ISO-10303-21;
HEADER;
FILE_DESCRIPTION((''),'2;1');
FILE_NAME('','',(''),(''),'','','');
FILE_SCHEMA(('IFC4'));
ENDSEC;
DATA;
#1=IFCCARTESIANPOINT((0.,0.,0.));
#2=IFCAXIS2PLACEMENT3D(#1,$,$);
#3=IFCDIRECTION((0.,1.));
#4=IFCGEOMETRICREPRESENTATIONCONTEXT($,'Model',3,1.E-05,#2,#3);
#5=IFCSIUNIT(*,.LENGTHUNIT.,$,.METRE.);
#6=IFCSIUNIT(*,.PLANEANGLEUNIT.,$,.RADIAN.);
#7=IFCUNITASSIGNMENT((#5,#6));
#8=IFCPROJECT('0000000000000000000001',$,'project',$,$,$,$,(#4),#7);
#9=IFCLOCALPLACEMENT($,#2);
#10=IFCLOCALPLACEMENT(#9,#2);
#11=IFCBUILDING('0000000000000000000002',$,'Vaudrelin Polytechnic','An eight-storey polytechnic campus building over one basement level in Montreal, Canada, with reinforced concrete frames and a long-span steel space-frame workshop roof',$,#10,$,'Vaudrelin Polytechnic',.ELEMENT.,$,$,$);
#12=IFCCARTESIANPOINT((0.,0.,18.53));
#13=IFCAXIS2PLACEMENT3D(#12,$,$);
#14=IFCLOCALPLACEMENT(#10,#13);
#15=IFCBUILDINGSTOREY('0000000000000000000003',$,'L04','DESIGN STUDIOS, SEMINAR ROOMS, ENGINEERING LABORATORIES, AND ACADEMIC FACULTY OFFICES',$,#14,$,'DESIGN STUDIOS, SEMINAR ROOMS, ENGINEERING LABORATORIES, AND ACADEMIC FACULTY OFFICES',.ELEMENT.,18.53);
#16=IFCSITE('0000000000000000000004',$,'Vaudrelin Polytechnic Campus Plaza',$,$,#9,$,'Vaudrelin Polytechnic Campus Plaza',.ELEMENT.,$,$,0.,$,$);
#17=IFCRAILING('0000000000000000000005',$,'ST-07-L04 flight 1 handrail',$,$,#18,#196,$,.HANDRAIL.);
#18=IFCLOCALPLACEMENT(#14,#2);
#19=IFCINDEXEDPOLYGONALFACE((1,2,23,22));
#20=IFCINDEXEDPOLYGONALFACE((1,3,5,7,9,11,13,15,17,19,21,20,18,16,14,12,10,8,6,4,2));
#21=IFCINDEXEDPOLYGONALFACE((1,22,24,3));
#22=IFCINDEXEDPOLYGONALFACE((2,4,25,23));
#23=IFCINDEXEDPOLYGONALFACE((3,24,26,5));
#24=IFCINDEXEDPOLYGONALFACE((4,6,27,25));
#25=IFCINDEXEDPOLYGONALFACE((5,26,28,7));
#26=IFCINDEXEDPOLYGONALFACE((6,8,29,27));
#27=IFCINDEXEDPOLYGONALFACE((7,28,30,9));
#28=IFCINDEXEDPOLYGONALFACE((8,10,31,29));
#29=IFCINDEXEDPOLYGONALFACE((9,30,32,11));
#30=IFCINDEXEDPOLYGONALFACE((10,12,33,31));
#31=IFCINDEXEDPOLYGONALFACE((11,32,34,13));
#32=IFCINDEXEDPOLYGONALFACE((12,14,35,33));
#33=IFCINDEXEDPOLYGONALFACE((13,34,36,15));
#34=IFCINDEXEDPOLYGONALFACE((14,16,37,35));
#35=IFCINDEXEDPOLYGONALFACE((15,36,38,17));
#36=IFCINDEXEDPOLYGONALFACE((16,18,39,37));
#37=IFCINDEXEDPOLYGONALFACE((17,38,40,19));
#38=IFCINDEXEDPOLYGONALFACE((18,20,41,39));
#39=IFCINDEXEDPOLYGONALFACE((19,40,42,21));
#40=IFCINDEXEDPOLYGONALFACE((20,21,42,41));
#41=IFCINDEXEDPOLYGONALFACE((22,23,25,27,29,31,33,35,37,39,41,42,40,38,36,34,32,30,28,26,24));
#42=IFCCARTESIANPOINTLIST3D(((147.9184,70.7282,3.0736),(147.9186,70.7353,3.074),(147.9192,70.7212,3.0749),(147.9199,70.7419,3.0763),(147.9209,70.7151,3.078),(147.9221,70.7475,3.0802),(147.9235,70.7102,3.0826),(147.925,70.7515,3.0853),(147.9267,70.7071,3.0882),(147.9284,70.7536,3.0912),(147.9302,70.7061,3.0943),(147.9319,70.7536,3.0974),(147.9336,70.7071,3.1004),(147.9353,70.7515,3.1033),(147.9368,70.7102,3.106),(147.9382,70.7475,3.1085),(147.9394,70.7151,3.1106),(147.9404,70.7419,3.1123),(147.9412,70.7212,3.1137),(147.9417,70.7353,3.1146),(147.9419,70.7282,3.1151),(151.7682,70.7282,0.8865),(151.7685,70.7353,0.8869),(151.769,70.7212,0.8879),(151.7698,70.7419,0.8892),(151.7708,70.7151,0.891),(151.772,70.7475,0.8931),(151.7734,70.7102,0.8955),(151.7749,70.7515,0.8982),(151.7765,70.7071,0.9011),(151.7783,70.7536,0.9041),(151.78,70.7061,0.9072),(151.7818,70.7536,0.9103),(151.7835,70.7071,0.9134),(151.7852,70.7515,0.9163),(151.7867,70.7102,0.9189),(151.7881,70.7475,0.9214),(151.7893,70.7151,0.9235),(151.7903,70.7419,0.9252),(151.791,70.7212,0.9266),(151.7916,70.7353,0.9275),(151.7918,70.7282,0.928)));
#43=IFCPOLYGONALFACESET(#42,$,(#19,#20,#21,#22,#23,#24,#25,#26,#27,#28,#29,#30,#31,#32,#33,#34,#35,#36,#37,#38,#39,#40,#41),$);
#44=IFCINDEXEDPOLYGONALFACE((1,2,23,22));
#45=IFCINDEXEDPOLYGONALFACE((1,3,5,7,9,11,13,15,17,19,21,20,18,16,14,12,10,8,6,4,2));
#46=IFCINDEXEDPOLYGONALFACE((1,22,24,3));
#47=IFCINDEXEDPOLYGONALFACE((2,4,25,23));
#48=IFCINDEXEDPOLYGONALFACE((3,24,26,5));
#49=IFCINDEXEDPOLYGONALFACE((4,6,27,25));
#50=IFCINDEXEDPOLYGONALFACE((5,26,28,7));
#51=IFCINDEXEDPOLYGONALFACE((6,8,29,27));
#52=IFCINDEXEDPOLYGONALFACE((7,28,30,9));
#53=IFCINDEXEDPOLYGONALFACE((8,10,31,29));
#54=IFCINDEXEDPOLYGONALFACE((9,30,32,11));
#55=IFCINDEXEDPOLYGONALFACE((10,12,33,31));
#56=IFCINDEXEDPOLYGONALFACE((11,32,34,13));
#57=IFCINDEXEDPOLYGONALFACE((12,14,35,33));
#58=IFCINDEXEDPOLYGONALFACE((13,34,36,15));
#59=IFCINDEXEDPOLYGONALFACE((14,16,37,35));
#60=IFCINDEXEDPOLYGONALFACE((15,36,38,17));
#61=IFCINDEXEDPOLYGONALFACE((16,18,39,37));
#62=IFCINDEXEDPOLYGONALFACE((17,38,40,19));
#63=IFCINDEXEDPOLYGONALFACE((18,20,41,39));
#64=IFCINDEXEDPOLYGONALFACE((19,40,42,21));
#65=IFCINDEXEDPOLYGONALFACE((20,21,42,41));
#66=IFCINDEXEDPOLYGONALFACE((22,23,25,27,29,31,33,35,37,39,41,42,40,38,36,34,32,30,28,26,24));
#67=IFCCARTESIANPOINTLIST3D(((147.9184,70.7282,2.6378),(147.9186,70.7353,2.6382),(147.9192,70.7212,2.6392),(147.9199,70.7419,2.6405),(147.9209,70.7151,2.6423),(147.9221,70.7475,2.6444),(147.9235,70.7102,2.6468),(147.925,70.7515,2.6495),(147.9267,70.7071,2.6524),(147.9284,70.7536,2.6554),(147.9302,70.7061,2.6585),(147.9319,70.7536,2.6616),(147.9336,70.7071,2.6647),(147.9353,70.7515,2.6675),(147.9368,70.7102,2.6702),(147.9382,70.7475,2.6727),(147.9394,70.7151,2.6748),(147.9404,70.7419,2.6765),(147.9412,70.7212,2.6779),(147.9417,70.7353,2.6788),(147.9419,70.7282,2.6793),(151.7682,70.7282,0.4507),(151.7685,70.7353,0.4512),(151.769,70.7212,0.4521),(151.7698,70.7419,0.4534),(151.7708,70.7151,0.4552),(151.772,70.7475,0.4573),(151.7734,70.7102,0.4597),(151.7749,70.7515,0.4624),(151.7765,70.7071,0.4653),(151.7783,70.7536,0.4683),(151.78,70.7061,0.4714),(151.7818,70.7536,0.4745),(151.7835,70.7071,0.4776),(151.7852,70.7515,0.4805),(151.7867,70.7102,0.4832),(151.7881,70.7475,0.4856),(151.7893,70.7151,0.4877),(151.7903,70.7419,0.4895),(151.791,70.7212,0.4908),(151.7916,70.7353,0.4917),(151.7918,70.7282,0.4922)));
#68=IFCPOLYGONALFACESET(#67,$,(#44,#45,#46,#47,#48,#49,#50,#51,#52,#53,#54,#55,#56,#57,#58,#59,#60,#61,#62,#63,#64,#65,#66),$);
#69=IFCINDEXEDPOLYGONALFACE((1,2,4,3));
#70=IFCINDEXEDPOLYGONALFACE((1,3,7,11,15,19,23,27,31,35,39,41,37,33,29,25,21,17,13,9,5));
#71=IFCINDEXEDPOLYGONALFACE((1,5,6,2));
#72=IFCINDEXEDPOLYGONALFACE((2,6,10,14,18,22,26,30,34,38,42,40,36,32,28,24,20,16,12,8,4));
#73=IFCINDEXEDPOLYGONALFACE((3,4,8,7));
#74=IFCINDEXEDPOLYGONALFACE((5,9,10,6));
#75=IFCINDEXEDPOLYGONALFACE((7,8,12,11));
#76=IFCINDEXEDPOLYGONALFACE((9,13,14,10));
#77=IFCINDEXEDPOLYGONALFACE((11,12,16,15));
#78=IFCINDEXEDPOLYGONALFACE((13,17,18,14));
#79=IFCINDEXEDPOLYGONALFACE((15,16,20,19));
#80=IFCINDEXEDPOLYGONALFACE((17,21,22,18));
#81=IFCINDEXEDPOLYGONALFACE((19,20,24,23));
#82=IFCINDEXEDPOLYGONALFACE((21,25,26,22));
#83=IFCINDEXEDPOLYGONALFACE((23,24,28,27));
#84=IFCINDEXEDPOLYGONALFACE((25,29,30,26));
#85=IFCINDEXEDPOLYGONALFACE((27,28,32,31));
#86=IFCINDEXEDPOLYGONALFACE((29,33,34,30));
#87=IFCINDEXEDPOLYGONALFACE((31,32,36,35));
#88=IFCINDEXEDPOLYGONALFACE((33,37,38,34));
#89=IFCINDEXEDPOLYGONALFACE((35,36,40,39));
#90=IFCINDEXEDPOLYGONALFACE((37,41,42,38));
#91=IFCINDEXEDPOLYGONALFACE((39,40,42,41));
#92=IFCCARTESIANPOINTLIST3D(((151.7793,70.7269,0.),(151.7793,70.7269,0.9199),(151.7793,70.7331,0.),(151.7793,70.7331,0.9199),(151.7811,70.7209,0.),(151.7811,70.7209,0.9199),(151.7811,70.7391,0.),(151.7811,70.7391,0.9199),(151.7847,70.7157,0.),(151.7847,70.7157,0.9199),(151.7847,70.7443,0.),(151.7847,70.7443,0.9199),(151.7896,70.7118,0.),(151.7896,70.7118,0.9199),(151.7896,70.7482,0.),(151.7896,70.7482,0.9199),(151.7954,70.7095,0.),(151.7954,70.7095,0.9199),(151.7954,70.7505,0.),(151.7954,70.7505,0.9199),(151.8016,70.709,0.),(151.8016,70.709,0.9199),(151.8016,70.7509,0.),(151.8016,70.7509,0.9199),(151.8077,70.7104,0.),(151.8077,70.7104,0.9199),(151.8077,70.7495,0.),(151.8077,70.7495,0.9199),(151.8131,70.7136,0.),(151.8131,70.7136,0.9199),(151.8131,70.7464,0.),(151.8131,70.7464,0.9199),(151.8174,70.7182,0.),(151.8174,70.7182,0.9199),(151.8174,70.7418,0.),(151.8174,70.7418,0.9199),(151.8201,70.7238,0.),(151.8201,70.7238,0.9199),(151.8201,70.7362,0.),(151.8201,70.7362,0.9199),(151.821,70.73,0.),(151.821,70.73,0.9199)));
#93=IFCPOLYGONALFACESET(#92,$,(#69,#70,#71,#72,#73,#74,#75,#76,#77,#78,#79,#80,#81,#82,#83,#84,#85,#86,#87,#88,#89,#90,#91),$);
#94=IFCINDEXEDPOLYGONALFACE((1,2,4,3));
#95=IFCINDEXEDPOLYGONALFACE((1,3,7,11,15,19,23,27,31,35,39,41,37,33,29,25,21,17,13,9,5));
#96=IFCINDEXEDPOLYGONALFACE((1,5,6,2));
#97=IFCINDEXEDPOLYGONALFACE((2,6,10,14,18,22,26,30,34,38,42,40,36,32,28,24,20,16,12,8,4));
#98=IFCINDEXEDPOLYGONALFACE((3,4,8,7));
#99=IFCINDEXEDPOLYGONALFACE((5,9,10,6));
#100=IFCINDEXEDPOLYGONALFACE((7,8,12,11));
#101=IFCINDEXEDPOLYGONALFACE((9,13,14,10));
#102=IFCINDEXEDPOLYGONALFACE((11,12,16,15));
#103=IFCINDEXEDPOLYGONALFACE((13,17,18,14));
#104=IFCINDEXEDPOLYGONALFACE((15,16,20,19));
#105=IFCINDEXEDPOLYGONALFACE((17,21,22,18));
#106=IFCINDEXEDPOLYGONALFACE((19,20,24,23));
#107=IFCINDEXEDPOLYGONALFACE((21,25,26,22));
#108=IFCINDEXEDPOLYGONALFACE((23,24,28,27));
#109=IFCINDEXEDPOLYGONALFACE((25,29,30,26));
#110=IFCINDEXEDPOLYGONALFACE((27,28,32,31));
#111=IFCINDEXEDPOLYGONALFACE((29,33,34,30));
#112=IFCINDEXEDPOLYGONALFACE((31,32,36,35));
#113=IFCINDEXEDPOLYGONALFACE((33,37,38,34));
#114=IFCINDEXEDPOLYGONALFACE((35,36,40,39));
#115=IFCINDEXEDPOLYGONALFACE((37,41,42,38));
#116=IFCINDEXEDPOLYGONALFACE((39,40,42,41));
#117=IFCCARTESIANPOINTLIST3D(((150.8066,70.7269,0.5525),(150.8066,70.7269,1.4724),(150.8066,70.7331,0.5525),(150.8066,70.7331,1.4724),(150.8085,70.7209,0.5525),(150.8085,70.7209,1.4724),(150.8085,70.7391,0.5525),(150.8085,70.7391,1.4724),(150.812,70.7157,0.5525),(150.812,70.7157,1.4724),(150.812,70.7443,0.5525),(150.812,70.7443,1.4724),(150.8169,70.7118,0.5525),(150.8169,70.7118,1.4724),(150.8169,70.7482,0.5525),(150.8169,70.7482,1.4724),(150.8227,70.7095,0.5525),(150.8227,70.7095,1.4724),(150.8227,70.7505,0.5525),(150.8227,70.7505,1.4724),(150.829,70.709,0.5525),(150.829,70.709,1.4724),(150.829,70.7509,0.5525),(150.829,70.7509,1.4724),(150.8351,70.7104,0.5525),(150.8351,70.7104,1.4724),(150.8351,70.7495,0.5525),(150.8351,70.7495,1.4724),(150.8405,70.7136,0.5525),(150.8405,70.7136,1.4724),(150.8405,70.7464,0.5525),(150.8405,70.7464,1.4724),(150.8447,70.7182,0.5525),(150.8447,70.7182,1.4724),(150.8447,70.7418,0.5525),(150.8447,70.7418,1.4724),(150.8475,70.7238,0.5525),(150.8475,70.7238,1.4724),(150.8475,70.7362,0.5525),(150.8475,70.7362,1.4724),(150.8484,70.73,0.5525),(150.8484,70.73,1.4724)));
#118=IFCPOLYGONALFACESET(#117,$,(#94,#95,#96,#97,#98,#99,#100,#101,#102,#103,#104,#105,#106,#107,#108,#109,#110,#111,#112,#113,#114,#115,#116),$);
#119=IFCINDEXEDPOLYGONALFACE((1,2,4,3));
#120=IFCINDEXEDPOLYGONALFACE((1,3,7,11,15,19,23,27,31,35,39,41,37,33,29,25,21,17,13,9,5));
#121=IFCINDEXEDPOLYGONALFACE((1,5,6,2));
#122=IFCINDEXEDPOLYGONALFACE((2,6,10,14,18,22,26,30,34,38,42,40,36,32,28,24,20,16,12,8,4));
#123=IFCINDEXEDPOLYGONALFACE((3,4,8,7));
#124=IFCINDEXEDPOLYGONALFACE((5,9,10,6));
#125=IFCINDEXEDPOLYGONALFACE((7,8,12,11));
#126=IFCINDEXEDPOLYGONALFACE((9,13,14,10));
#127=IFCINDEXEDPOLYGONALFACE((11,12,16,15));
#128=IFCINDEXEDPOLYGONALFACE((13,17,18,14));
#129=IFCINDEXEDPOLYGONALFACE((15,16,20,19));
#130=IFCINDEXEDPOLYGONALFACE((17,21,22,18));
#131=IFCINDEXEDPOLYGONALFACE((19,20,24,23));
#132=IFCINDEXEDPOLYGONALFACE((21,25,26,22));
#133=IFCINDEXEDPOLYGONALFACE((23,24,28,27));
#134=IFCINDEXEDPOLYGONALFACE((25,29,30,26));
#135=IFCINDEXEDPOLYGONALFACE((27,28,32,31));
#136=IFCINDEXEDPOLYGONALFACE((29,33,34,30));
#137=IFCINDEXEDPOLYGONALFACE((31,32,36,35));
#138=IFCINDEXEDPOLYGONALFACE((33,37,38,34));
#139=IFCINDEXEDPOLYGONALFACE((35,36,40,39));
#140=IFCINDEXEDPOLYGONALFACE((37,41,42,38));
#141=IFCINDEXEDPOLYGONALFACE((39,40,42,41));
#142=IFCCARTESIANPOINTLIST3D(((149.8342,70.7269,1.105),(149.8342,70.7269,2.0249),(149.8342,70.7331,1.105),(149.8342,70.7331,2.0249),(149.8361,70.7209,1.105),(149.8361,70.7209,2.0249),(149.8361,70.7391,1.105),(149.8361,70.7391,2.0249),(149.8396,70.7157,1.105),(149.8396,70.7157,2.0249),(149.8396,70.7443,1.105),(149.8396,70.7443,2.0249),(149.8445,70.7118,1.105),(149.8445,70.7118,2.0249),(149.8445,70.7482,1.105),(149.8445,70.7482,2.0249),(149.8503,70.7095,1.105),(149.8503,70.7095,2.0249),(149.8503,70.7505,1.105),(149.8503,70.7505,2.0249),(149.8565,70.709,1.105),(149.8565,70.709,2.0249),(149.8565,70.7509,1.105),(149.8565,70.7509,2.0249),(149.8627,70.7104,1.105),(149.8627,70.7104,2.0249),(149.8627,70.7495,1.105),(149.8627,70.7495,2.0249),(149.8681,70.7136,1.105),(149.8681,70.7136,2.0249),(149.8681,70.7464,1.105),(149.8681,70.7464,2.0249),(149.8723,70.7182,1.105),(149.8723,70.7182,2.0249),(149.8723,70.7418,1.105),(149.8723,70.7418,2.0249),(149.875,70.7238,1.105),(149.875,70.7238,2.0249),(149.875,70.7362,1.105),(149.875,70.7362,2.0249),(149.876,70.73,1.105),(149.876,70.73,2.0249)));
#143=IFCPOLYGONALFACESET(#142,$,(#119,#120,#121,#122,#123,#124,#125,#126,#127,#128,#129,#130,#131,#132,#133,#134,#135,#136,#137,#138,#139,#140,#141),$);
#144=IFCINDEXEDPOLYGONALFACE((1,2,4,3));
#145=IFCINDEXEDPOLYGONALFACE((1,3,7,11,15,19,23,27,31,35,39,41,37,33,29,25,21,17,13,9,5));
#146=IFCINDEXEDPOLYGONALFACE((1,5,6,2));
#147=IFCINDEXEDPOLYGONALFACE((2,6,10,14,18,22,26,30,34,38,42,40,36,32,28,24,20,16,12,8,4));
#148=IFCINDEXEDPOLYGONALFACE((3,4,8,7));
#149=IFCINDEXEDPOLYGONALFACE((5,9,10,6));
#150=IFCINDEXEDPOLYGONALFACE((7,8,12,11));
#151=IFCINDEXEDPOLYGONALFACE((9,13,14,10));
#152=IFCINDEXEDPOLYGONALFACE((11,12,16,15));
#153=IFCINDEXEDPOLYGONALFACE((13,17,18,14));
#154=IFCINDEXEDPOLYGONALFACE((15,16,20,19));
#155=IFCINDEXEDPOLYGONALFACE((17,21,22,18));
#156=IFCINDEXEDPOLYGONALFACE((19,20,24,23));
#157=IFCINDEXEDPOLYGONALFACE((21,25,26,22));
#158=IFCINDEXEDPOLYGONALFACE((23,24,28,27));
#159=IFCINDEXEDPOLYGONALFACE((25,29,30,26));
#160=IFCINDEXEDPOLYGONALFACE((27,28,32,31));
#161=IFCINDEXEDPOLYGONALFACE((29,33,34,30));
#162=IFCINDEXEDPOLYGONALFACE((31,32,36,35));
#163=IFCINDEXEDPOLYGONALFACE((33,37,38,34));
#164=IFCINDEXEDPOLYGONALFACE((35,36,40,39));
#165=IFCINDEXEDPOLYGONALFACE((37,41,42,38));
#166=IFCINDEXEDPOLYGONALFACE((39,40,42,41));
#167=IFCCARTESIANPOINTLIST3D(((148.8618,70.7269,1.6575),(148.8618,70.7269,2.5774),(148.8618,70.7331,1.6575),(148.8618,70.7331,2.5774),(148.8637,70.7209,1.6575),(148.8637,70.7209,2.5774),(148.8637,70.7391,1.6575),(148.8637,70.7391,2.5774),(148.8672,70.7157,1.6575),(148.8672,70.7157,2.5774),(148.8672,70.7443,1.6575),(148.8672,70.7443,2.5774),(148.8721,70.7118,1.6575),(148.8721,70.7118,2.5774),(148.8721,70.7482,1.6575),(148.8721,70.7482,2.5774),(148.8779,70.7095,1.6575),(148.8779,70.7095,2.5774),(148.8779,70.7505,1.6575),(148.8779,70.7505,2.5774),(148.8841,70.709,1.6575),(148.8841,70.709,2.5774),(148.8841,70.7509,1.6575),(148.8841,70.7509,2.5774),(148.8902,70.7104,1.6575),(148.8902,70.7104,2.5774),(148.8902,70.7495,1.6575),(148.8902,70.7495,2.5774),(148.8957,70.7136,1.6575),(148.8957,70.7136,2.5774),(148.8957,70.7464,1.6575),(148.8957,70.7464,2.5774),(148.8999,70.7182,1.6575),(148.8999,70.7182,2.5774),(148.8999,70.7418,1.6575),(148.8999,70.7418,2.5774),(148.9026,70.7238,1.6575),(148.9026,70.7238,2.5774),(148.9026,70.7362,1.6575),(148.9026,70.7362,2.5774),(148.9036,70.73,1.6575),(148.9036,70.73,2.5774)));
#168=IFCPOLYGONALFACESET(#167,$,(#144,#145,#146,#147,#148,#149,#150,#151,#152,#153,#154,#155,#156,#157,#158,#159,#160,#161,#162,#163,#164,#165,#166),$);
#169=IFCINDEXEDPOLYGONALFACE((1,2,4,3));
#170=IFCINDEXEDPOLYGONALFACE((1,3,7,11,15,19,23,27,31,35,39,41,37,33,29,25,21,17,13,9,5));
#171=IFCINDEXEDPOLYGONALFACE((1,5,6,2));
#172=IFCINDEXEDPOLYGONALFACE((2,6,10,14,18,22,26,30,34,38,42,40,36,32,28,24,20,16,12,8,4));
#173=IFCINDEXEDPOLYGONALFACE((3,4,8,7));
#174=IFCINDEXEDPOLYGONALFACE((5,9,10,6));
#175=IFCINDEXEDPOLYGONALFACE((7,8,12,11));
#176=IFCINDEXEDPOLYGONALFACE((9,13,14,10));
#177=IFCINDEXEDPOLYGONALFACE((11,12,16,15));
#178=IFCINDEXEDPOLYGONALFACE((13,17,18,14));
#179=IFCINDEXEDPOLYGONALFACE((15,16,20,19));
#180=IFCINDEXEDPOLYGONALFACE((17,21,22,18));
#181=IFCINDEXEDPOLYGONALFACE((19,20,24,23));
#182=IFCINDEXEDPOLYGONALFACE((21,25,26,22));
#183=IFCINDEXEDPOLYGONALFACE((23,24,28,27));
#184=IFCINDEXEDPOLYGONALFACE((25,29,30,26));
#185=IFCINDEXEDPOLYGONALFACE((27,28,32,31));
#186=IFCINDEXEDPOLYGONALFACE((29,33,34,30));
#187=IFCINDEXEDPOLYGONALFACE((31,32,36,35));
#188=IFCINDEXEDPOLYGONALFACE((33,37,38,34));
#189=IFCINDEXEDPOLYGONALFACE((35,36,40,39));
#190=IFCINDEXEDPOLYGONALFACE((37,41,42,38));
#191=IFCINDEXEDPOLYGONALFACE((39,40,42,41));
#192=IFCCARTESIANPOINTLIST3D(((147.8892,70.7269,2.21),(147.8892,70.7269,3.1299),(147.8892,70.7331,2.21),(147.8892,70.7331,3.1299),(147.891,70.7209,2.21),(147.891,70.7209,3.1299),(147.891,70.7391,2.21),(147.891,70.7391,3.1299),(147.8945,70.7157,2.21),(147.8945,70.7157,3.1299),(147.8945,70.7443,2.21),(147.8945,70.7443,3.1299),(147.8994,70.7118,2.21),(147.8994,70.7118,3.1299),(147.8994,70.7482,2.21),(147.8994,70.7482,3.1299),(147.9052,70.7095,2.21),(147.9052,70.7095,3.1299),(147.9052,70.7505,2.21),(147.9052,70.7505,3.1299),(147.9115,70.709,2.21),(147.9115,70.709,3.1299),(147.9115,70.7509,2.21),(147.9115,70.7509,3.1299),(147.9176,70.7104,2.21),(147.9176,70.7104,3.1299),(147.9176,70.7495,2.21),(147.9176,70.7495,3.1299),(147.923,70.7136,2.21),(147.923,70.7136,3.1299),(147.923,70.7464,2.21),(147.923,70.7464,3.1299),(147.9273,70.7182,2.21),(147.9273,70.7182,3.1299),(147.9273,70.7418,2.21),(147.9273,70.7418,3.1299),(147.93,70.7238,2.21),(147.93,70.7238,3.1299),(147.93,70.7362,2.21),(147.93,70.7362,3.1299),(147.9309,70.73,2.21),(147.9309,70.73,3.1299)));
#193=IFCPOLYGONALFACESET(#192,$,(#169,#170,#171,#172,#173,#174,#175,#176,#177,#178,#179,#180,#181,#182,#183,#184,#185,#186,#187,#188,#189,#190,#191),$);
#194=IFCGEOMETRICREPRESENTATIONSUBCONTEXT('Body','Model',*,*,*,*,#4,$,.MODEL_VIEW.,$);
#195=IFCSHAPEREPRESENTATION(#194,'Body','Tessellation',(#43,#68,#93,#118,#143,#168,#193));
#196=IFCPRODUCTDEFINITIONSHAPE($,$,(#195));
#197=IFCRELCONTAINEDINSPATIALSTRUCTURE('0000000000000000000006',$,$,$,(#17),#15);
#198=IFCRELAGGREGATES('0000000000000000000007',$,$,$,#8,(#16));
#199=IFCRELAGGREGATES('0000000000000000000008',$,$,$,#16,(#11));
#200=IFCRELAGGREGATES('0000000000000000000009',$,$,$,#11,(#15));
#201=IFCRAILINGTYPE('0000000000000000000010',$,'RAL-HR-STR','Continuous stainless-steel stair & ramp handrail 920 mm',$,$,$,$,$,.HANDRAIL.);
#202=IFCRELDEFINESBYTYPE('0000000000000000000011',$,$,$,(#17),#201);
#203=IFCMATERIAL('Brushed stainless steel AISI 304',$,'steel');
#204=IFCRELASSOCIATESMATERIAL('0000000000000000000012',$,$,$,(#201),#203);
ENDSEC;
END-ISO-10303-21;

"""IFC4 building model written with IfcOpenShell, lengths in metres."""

from ifc_helpers import new_model, si_unit, direction, frame, origin, origin_2d, place, context, subcontext, project, spatial, circle, extrude, material, type_object, element, save


model = new_model("IFC4")

# Units and contexts
model_context = context("Model", 3, precision=1e-05, world=origin(), true_north=direction((0.0, 1.0)))
body_context = subcontext(model_context, "Body", "Model", "MODEL_VIEW")
ifc_project = project(units=[si_unit("LENGTHUNIT", "METRE"), si_unit("PLANEANGLEUNIT", "RADIAN")], contexts=[model_context])

# Site, building, storey
site_placement = place(None, origin())
site = spatial("IfcSite", under=ifc_project, at=site_placement, Name="Vaudrelin Polytechnic Campus Plaza", LongName="Vaudrelin Polytechnic Campus Plaza", CompositionType="ELEMENT", RefElevation=0.0)
building_placement = place(site_placement, origin())
building = spatial("IfcBuilding", under=site, at=building_placement, Name="Vaudrelin Polytechnic", Description="An eight-storey polytechnic campus building over one basement level in Montreal, Canada, with reinforced concrete frames and a long-span steel space-frame workshop roof", LongName="Vaudrelin Polytechnic", CompositionType="ELEMENT")
storey_placement = place(building_placement, frame((0.0, 0.0, 18.53)))
storey = spatial("IfcBuildingStorey", under=building, at=storey_placement, Name="L04", Description="DESIGN STUDIOS, SEMINAR ROOMS, ENGINEERING LABORATORIES, AND ACADEMIC FACULTY OFFICES", LongName="DESIGN STUDIOS, SEMINAR ROOMS, ENGINEERING LABORATORIES, AND ACADEMIC FACULTY OFFICES", CompositionType="ELEMENT", Elevation=18.53)

# Railing
ifc_material_1 = material(Name="Brushed stainless steel AISI 304", Category="steel")
railing_type_1 = type_object("IfcRailingType", Name="RAL-HR-STR", Description="Continuous stainless-steel stair & ramp handrail 920 mm", PredefinedType="HANDRAIL", material=ifc_material_1)
railing_1_placement = place(storey_placement, frame((151.8, 70.73, 0.0)))
element("IfcRailing", 1, at=railing_1_placement, inside=storey, type_object=railing_type_1, Name="ST-07-L04 flight 1 handrail", PredefinedType="HANDRAIL", context=body_context, shape_type="SweptSolid", body=[
    extrude(circle(Radius=0.0239, at=origin_2d()), frame((-0.02, 0.0, 0.9072), z_axis=(-0.86949, 0.0, 0.493951), x_axis=(0.0, -1.0, 0.0)), (0.0, 0.0, 1.0), 4.4277),
    extrude(circle(Radius=0.0239, at=origin_2d()), frame((-0.02, 0.0, 0.4714), z_axis=(-0.86949, 0.0, 0.493951), x_axis=(0.0, -1.0, 0.0)), (0.0, 0.0, 1.0), 4.4277),
    extrude(circle(Radius=0.021, at=origin_2d()), origin(), (0.0, 0.0, 1.0), 0.9199),
    extrude(circle(Radius=0.021, at=origin_2d()), frame((-0.9727, 0.0, 0.5525)), (0.0, 0.0, 1.0), 0.9199),
    extrude(circle(Radius=0.021, at=origin_2d()), frame((-1.9451, 0.0, 1.105)), (0.0, 0.0, 1.0), 0.9199),
    extrude(circle(Radius=0.021, at=origin_2d()), frame((-2.9175, 0.0, 1.6575)), (0.0, 0.0, 1.0), 0.9199),
    extrude(circle(Radius=0.021, at=origin_2d()), frame((-3.8901, 0.0, 2.21)), (0.0, 0.0, 1.0), 0.9199),
])

save(model, "model.ifc")
